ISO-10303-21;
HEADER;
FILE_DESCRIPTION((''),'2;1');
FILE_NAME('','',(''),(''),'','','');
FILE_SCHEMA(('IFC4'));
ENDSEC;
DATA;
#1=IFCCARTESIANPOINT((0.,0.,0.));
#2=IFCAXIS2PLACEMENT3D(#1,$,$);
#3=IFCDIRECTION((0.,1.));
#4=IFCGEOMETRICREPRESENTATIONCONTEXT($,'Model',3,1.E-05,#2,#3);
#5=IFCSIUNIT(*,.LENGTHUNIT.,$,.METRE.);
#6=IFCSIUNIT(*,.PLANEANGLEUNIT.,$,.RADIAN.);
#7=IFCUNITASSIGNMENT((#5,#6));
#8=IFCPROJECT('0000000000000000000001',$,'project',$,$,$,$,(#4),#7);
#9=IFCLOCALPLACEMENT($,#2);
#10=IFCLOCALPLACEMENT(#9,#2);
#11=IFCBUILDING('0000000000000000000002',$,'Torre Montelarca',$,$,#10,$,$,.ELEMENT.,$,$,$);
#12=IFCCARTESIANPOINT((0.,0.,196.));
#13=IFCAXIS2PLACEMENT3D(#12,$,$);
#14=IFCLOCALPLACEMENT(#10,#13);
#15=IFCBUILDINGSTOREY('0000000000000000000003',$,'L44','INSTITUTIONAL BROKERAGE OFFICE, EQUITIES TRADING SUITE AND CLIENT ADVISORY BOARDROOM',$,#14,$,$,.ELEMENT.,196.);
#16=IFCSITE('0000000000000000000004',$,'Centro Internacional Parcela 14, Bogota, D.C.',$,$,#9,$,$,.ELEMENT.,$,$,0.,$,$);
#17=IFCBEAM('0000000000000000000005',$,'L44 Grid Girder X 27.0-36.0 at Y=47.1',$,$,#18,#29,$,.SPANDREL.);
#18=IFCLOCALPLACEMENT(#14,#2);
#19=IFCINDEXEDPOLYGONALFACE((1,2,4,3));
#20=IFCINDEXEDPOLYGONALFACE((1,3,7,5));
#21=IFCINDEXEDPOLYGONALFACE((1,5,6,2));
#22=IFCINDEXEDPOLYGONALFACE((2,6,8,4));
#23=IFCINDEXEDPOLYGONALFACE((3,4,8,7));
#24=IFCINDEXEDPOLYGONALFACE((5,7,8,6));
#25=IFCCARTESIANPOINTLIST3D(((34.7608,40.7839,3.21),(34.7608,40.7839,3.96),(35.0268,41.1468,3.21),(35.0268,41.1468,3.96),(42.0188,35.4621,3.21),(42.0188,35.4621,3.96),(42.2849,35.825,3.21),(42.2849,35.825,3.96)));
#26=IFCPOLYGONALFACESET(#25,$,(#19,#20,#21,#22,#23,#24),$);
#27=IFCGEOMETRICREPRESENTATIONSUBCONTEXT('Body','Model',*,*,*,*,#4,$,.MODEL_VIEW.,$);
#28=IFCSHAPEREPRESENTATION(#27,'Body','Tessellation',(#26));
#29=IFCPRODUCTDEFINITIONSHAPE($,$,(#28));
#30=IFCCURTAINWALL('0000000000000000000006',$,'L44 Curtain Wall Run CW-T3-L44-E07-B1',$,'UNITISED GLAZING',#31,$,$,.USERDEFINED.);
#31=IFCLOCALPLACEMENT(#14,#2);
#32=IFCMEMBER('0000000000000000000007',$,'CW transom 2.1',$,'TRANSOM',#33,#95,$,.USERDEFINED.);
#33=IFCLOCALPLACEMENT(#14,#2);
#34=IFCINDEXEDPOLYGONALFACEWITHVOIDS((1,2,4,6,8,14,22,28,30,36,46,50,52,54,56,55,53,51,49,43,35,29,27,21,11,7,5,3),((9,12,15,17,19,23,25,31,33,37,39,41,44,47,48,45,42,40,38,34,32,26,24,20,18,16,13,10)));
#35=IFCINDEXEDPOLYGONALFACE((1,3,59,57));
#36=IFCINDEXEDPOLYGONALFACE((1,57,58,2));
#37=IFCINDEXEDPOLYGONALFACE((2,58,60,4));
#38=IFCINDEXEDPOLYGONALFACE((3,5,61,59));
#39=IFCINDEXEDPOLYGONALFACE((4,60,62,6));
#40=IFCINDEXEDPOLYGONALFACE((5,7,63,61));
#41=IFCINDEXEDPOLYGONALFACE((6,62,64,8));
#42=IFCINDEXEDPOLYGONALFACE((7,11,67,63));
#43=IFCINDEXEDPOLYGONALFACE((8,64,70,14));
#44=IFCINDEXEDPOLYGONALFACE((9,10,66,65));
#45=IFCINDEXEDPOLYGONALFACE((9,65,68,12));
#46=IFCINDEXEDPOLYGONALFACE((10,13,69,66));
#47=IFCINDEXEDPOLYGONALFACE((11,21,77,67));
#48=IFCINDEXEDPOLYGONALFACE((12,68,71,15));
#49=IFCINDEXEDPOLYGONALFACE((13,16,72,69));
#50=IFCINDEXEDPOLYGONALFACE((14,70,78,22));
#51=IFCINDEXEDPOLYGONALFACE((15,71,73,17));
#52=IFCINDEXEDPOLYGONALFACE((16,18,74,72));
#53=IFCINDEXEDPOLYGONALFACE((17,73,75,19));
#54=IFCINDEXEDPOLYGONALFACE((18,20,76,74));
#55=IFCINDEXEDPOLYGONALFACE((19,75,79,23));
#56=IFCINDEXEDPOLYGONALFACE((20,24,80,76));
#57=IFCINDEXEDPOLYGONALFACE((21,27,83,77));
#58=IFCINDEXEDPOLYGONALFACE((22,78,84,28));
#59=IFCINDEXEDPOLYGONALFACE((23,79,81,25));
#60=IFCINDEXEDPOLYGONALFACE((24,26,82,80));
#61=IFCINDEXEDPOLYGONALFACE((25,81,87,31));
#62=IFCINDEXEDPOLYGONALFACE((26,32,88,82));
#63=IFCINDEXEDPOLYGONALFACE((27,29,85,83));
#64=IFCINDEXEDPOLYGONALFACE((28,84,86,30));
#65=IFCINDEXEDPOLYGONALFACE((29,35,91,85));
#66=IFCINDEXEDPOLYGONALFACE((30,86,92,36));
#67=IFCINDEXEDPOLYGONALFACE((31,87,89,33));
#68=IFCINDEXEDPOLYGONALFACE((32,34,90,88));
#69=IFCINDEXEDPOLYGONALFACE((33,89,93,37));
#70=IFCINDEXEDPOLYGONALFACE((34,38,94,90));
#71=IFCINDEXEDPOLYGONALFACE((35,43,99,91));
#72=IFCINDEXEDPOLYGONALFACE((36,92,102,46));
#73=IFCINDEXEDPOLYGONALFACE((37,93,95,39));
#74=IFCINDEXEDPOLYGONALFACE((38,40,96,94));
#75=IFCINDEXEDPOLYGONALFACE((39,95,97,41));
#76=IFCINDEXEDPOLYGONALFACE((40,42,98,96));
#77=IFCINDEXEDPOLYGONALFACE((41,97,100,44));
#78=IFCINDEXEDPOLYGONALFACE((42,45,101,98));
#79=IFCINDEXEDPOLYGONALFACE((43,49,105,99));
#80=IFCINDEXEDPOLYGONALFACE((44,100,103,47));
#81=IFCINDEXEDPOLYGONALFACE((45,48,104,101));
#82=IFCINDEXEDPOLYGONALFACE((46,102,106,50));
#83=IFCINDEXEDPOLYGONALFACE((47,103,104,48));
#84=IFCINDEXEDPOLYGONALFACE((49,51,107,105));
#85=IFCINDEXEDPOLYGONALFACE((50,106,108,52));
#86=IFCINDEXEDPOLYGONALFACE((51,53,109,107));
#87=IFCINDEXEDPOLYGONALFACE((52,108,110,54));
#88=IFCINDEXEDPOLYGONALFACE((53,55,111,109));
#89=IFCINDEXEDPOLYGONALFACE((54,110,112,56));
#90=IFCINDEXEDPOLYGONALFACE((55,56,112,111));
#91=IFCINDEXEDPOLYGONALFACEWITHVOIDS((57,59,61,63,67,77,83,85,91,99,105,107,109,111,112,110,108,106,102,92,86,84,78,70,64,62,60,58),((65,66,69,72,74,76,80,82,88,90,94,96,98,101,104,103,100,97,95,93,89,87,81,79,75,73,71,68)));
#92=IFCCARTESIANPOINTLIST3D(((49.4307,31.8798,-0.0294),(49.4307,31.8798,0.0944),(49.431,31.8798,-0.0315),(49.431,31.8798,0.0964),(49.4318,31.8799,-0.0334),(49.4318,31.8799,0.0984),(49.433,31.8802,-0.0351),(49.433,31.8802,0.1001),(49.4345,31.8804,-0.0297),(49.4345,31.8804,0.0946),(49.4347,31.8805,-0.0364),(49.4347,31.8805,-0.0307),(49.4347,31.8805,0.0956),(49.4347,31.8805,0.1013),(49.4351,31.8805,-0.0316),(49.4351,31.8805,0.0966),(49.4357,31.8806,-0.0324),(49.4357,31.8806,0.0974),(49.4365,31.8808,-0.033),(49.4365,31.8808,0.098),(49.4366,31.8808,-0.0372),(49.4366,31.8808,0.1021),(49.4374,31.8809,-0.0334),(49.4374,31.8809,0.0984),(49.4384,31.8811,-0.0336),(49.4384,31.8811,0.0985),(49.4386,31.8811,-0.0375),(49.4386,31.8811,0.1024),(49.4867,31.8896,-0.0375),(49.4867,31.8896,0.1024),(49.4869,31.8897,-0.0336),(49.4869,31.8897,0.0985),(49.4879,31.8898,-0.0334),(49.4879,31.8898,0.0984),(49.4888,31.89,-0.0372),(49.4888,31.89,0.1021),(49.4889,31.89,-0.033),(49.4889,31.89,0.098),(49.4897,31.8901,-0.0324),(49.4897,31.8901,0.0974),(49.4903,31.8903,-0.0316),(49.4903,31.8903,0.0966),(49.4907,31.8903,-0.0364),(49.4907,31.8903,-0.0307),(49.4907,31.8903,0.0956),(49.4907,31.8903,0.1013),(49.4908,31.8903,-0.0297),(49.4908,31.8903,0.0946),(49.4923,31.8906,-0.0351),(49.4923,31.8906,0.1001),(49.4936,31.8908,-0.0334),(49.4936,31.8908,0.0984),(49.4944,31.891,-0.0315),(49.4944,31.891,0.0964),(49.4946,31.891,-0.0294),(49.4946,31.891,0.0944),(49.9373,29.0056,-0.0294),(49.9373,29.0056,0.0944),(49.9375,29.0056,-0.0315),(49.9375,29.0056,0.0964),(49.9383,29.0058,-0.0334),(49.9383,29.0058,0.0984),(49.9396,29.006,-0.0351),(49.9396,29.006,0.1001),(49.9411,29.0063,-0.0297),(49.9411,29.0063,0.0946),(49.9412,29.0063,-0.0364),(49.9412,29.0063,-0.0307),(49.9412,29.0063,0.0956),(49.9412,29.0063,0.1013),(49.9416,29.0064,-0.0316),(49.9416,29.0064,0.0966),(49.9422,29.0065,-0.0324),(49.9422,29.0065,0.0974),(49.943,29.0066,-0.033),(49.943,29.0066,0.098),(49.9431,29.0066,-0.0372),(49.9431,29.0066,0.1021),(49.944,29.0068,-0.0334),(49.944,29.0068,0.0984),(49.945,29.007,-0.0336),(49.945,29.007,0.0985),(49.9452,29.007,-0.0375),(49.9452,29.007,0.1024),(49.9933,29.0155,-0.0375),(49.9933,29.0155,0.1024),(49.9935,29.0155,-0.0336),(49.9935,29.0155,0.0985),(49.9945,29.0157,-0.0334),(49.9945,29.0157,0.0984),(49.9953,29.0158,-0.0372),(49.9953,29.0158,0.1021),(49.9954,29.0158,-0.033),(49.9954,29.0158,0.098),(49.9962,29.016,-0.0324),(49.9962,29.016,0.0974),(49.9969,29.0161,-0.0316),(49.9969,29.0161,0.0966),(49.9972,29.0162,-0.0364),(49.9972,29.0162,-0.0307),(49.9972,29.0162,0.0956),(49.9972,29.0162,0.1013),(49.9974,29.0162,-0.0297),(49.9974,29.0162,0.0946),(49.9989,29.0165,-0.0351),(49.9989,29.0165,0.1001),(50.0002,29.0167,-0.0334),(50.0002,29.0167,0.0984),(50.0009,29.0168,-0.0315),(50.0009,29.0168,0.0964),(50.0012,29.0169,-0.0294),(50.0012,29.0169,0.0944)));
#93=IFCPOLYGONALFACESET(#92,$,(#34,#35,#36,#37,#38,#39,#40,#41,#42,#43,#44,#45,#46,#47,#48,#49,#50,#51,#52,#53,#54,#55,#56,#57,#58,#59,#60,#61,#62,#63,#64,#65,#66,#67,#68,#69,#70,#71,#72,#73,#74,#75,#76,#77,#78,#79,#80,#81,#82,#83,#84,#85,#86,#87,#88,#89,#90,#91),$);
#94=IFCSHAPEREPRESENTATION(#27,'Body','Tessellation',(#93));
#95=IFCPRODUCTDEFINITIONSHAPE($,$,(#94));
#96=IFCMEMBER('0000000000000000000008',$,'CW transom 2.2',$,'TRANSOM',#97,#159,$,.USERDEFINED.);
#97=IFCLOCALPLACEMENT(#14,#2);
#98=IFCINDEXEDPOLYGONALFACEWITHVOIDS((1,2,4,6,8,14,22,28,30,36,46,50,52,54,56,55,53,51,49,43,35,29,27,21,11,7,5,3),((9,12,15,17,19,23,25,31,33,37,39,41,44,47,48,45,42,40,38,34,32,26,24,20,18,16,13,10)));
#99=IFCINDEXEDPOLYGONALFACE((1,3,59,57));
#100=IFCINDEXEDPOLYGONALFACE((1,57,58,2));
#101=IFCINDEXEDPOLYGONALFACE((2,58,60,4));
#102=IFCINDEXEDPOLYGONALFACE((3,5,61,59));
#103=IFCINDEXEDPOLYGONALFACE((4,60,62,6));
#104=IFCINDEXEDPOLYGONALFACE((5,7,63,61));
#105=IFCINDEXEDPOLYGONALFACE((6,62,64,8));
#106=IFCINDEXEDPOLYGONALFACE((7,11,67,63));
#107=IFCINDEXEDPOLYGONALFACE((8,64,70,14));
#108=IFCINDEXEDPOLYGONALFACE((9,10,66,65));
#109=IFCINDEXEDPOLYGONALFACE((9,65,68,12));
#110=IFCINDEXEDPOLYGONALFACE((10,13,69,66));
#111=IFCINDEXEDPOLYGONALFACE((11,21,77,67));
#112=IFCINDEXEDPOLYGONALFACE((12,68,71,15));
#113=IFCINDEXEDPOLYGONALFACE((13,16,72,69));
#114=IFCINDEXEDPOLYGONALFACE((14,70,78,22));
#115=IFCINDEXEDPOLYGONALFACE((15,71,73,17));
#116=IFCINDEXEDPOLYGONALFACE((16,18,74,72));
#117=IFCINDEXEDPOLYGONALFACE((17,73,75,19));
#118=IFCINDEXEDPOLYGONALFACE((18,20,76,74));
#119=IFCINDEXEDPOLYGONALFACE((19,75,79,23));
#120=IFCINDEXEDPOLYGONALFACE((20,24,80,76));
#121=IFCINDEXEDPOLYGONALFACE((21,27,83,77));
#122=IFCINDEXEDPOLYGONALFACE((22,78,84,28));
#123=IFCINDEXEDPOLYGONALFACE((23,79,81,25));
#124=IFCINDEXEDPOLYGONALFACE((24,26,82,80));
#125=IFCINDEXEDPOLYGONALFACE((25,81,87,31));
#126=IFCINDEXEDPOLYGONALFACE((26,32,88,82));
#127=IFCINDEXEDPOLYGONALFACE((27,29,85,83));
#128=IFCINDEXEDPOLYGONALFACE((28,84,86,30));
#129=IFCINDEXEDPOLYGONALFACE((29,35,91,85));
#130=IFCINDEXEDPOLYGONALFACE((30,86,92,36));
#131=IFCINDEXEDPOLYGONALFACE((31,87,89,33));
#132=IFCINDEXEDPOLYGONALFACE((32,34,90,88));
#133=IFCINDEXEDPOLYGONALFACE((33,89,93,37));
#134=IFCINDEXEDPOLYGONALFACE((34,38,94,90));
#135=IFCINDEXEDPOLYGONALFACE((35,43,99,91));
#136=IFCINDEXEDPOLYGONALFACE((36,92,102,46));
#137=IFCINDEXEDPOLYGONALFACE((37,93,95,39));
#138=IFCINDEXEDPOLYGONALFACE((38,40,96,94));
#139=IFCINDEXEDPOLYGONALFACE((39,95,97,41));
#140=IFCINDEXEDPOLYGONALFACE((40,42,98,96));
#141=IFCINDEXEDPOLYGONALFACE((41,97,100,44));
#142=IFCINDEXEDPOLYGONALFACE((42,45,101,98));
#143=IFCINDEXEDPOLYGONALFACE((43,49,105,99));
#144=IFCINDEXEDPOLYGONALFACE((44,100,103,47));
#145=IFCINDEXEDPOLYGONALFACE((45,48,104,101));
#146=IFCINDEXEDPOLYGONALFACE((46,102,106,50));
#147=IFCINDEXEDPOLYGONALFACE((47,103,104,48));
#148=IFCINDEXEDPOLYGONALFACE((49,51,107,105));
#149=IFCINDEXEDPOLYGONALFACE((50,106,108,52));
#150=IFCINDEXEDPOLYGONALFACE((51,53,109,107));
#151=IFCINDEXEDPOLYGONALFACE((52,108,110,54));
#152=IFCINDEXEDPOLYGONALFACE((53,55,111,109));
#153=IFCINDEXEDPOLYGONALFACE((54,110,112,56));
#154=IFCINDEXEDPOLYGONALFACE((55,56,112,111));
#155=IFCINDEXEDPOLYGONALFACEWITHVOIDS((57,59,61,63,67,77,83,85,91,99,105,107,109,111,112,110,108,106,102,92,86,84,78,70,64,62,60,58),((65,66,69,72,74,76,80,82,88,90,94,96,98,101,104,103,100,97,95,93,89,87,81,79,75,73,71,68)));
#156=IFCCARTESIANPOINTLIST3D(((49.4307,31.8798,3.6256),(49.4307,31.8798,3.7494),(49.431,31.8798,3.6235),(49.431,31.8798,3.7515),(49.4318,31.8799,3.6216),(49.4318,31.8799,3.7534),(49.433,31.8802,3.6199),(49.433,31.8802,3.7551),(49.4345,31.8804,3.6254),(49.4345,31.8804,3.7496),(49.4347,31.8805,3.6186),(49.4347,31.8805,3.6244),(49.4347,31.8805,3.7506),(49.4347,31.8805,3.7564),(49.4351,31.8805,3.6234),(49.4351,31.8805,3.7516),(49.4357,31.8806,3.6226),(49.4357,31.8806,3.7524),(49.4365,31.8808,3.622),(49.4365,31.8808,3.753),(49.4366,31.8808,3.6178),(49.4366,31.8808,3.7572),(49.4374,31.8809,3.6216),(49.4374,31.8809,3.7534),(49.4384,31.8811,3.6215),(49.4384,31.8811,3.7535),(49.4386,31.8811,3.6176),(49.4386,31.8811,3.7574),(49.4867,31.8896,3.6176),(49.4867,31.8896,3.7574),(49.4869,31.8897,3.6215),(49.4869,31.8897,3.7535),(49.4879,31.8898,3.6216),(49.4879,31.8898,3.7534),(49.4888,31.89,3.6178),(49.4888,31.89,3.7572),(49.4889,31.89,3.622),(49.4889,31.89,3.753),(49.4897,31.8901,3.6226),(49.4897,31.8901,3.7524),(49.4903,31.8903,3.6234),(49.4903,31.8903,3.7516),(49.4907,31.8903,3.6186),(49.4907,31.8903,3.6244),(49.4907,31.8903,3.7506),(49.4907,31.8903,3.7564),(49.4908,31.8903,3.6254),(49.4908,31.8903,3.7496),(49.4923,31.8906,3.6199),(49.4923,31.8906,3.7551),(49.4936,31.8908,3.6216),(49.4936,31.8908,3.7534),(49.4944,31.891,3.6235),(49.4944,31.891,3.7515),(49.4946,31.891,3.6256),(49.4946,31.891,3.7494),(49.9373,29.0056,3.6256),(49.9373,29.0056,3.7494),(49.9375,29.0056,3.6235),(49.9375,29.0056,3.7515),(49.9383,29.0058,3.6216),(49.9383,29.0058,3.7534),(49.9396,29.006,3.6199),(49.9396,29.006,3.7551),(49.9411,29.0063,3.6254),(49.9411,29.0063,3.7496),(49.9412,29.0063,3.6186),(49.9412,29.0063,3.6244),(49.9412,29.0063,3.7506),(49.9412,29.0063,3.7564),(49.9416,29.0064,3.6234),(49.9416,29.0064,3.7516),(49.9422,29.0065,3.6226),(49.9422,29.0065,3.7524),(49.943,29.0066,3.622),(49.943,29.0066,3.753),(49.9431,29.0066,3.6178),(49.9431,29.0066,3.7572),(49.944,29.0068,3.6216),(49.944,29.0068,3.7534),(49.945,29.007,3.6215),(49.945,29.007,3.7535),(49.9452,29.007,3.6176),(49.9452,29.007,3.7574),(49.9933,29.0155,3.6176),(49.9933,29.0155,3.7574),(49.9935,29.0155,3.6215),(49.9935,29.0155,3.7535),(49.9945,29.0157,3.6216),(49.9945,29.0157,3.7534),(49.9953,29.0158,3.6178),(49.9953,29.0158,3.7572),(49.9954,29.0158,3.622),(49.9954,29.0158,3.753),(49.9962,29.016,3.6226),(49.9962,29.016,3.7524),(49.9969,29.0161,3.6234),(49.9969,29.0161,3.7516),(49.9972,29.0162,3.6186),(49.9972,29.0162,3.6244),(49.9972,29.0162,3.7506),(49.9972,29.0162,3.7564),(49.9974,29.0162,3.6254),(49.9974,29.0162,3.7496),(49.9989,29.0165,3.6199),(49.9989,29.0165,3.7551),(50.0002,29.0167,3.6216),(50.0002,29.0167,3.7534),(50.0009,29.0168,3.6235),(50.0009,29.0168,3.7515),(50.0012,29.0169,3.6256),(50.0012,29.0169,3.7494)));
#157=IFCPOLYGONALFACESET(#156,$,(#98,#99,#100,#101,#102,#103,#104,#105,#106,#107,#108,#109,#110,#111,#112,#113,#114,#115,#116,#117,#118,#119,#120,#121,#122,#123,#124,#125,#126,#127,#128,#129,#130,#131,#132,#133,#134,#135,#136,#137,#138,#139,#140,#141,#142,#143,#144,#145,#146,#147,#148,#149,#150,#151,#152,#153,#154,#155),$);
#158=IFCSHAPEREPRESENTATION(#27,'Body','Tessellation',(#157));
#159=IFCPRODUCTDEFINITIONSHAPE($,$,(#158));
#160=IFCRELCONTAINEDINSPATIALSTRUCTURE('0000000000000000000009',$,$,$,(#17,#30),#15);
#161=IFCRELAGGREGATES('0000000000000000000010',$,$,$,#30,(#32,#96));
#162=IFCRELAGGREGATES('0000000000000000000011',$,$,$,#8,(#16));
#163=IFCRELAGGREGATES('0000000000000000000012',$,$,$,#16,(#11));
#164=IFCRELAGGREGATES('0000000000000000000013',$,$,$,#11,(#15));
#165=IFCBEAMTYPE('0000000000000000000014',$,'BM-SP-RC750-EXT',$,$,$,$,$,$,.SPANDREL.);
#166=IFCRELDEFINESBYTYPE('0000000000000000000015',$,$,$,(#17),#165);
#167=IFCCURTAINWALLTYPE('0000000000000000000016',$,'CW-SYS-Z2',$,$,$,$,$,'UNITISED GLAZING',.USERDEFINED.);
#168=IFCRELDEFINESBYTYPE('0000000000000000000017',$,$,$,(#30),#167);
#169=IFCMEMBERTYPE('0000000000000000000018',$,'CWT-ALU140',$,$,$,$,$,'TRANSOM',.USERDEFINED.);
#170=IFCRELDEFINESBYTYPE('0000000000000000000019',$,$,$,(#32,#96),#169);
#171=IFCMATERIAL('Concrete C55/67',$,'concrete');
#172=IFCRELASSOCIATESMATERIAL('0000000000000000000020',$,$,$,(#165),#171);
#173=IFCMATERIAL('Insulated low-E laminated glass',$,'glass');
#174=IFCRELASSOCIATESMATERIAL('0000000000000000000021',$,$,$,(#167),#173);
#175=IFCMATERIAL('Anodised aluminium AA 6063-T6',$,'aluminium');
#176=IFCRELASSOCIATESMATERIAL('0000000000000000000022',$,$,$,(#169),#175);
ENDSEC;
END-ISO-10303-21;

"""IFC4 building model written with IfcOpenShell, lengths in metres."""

from ifc_helpers import new_model, si_unit, direction, frame, origin, origin_2d, place, context, subcontext, project, spatial, rectangle, hollow_rectangle, extrude, source, transform, mapped, material, material_profile, profile_set, type_object, element, aggregate, save


model = new_model("IFC4")

# Units and contexts
model_context = context("Model", 3, precision=1e-05, world=origin(), true_north=direction((0.0, 1.0)))
body_context = subcontext(model_context, "Body", "Model", "MODEL_VIEW")
ifc_project = project(units=[si_unit("LENGTHUNIT", "METRE"), si_unit("PLANEANGLEUNIT", "RADIAN")], contexts=[model_context])

# Site, building, storey
site_placement = place(None, origin())
site = spatial("IfcSite", under=ifc_project, at=site_placement, Name="Centro Internacional Parcela 14, Bogota, D.C.", CompositionType="ELEMENT", RefElevation=0.0)
building_placement = place(site_placement, origin())
building = spatial("IfcBuilding", under=site, at=building_placement, Name="Torre Montelarca", CompositionType="ELEMENT")
storey_placement = place(building_placement, frame((0.0, 0.0, 196.0)))
storey = spatial("IfcBuildingStorey", under=building, at=storey_placement, Name="L44", Description="INSTITUTIONAL BROKERAGE OFFICE, EQUITIES TRADING SUITE AND CLIENT ADVISORY BOARDROOM", CompositionType="ELEMENT", Elevation=196.0)

# Shared definitions
ifc_material_1 = material(Name="Concrete C55/67", Category="concrete")

# Beam
ifc_material_profile_1 = material_profile(ifc_material_1, rectangle(XDim=0.45, YDim=0.75, at=origin_2d()), Name="RCB450X750", Category="concrete")
ifc_profile_set_1 = profile_set([ifc_material_profile_1], Name="Concrete C55/67")
beam_type = type_object("IfcBeamType", Name="BM-SP-RC750-EXT", PredefinedType="SPANDREL", material=ifc_profile_set_1)
shared_shape_1 = source(origin(), body_context, "Body", "SweptSolid", [
    extrude(rectangle(XDim=0.45, YDim=0.75, at=origin_2d()), origin(), (0.0, 0.0, 1.0), 9.0),
])
beam_placement = place(storey_placement, frame((34.8938, 40.9653, 3.585), z_axis=(0.806447, -0.591306, 0.0), x_axis=(0.591306, 0.806447, 0.0)))
element("IfcBeam", 1, at=beam_placement, inside=storey, type_object=beam_type, Name="L44 Grid Girder X 27.0-36.0 at Y=47.1", PredefinedType="SPANDREL", context=body_context, shape_type="MappedRepresentation", body=[
    mapped(shared_shape_1, transform((0.0, 0.0, 0.0), scale=1.0)),
])

# Curtain wall, members
ifc_material_2 = material(Name="Insulated low-E laminated glass", Category="glass")
curtain_wall_type = type_object("IfcCurtainWallType", Name="CW-SYS-Z2", ElementType="UNITISED GLAZING", PredefinedType="USERDEFINED", material=ifc_material_2)
curtain_wall_1_placement = place(storey_placement, origin())
curtain_wall_1 = element("IfcCurtainWall", 2, at=curtain_wall_1_placement, inside=storey, type_object=curtain_wall_type, Name="L44 Curtain Wall Run CW-T3-L44-E07-B1", ObjectType="UNITISED GLAZING", PredefinedType="USERDEFINED")
ifc_material_3 = material(Name="Anodised aluminium AA 6063-T6", Category="aluminium")
ifc_material_profile_2 = material_profile(ifc_material_3, hollow_rectangle(XDim=0.0649, YDim=0.1399, WallThickness=0.0039, InnerFilletRadius=0.0039, OuterFilletRadius=0.0081, at=origin_2d()), Name="ALU65X140X4", Category="aluminium")
ifc_profile_set_2 = profile_set([ifc_material_profile_2], Name="Anodised aluminium AA 6063-T6")
member_type_1 = type_object("IfcMemberType", Name="CWT-ALU140", ElementType="TRANSOM", PredefinedType="USERDEFINED", material=ifc_profile_set_2)
shared_shape_2 = source(origin(), body_context, "Body", "SweptSolid", [
    extrude(hollow_rectangle(XDim=0.0649, YDim=0.1399, WallThickness=0.0039, InnerFilletRadius=0.0039, OuterFilletRadius=0.0081, at=origin_2d()), origin(), (0.0, 0.0, 1.0), 2.9185),
])
member_1_placement = place(storey_placement, frame((49.9692, 29.0112, 0.0325), z_axis=(-0.173575, 0.984821, 0.0), x_axis=(-0.984821, -0.173575, 0.0)))
member_1 = element("IfcMember", 3, at=member_1_placement, type_object=member_type_1, Name="CW transom 2.1", ObjectType="TRANSOM", PredefinedType="USERDEFINED", context=body_context, shape_type="MappedRepresentation", body=[
    mapped(shared_shape_2, transform((0.0, 0.0, 0.0), scale=1.0)),
])
member_2_placement = place(storey_placement, frame((49.9692, 29.0112, 3.6875), z_axis=(-0.173575, 0.984821, 0.0), x_axis=(-0.984821, -0.173575, 0.0)))
member_2 = element("IfcMember", 4, at=member_2_placement, type_object=member_type_1, Name="CW transom 2.2", ObjectType="TRANSOM", PredefinedType="USERDEFINED", context=body_context, shape_type="MappedRepresentation", body=[
    mapped(shared_shape_2, transform((0.0, 0.0, 0.0), scale=1.0)),
])

aggregate(curtain_wall_1, [member_1, member_2])

save(model, "model.ifc")
